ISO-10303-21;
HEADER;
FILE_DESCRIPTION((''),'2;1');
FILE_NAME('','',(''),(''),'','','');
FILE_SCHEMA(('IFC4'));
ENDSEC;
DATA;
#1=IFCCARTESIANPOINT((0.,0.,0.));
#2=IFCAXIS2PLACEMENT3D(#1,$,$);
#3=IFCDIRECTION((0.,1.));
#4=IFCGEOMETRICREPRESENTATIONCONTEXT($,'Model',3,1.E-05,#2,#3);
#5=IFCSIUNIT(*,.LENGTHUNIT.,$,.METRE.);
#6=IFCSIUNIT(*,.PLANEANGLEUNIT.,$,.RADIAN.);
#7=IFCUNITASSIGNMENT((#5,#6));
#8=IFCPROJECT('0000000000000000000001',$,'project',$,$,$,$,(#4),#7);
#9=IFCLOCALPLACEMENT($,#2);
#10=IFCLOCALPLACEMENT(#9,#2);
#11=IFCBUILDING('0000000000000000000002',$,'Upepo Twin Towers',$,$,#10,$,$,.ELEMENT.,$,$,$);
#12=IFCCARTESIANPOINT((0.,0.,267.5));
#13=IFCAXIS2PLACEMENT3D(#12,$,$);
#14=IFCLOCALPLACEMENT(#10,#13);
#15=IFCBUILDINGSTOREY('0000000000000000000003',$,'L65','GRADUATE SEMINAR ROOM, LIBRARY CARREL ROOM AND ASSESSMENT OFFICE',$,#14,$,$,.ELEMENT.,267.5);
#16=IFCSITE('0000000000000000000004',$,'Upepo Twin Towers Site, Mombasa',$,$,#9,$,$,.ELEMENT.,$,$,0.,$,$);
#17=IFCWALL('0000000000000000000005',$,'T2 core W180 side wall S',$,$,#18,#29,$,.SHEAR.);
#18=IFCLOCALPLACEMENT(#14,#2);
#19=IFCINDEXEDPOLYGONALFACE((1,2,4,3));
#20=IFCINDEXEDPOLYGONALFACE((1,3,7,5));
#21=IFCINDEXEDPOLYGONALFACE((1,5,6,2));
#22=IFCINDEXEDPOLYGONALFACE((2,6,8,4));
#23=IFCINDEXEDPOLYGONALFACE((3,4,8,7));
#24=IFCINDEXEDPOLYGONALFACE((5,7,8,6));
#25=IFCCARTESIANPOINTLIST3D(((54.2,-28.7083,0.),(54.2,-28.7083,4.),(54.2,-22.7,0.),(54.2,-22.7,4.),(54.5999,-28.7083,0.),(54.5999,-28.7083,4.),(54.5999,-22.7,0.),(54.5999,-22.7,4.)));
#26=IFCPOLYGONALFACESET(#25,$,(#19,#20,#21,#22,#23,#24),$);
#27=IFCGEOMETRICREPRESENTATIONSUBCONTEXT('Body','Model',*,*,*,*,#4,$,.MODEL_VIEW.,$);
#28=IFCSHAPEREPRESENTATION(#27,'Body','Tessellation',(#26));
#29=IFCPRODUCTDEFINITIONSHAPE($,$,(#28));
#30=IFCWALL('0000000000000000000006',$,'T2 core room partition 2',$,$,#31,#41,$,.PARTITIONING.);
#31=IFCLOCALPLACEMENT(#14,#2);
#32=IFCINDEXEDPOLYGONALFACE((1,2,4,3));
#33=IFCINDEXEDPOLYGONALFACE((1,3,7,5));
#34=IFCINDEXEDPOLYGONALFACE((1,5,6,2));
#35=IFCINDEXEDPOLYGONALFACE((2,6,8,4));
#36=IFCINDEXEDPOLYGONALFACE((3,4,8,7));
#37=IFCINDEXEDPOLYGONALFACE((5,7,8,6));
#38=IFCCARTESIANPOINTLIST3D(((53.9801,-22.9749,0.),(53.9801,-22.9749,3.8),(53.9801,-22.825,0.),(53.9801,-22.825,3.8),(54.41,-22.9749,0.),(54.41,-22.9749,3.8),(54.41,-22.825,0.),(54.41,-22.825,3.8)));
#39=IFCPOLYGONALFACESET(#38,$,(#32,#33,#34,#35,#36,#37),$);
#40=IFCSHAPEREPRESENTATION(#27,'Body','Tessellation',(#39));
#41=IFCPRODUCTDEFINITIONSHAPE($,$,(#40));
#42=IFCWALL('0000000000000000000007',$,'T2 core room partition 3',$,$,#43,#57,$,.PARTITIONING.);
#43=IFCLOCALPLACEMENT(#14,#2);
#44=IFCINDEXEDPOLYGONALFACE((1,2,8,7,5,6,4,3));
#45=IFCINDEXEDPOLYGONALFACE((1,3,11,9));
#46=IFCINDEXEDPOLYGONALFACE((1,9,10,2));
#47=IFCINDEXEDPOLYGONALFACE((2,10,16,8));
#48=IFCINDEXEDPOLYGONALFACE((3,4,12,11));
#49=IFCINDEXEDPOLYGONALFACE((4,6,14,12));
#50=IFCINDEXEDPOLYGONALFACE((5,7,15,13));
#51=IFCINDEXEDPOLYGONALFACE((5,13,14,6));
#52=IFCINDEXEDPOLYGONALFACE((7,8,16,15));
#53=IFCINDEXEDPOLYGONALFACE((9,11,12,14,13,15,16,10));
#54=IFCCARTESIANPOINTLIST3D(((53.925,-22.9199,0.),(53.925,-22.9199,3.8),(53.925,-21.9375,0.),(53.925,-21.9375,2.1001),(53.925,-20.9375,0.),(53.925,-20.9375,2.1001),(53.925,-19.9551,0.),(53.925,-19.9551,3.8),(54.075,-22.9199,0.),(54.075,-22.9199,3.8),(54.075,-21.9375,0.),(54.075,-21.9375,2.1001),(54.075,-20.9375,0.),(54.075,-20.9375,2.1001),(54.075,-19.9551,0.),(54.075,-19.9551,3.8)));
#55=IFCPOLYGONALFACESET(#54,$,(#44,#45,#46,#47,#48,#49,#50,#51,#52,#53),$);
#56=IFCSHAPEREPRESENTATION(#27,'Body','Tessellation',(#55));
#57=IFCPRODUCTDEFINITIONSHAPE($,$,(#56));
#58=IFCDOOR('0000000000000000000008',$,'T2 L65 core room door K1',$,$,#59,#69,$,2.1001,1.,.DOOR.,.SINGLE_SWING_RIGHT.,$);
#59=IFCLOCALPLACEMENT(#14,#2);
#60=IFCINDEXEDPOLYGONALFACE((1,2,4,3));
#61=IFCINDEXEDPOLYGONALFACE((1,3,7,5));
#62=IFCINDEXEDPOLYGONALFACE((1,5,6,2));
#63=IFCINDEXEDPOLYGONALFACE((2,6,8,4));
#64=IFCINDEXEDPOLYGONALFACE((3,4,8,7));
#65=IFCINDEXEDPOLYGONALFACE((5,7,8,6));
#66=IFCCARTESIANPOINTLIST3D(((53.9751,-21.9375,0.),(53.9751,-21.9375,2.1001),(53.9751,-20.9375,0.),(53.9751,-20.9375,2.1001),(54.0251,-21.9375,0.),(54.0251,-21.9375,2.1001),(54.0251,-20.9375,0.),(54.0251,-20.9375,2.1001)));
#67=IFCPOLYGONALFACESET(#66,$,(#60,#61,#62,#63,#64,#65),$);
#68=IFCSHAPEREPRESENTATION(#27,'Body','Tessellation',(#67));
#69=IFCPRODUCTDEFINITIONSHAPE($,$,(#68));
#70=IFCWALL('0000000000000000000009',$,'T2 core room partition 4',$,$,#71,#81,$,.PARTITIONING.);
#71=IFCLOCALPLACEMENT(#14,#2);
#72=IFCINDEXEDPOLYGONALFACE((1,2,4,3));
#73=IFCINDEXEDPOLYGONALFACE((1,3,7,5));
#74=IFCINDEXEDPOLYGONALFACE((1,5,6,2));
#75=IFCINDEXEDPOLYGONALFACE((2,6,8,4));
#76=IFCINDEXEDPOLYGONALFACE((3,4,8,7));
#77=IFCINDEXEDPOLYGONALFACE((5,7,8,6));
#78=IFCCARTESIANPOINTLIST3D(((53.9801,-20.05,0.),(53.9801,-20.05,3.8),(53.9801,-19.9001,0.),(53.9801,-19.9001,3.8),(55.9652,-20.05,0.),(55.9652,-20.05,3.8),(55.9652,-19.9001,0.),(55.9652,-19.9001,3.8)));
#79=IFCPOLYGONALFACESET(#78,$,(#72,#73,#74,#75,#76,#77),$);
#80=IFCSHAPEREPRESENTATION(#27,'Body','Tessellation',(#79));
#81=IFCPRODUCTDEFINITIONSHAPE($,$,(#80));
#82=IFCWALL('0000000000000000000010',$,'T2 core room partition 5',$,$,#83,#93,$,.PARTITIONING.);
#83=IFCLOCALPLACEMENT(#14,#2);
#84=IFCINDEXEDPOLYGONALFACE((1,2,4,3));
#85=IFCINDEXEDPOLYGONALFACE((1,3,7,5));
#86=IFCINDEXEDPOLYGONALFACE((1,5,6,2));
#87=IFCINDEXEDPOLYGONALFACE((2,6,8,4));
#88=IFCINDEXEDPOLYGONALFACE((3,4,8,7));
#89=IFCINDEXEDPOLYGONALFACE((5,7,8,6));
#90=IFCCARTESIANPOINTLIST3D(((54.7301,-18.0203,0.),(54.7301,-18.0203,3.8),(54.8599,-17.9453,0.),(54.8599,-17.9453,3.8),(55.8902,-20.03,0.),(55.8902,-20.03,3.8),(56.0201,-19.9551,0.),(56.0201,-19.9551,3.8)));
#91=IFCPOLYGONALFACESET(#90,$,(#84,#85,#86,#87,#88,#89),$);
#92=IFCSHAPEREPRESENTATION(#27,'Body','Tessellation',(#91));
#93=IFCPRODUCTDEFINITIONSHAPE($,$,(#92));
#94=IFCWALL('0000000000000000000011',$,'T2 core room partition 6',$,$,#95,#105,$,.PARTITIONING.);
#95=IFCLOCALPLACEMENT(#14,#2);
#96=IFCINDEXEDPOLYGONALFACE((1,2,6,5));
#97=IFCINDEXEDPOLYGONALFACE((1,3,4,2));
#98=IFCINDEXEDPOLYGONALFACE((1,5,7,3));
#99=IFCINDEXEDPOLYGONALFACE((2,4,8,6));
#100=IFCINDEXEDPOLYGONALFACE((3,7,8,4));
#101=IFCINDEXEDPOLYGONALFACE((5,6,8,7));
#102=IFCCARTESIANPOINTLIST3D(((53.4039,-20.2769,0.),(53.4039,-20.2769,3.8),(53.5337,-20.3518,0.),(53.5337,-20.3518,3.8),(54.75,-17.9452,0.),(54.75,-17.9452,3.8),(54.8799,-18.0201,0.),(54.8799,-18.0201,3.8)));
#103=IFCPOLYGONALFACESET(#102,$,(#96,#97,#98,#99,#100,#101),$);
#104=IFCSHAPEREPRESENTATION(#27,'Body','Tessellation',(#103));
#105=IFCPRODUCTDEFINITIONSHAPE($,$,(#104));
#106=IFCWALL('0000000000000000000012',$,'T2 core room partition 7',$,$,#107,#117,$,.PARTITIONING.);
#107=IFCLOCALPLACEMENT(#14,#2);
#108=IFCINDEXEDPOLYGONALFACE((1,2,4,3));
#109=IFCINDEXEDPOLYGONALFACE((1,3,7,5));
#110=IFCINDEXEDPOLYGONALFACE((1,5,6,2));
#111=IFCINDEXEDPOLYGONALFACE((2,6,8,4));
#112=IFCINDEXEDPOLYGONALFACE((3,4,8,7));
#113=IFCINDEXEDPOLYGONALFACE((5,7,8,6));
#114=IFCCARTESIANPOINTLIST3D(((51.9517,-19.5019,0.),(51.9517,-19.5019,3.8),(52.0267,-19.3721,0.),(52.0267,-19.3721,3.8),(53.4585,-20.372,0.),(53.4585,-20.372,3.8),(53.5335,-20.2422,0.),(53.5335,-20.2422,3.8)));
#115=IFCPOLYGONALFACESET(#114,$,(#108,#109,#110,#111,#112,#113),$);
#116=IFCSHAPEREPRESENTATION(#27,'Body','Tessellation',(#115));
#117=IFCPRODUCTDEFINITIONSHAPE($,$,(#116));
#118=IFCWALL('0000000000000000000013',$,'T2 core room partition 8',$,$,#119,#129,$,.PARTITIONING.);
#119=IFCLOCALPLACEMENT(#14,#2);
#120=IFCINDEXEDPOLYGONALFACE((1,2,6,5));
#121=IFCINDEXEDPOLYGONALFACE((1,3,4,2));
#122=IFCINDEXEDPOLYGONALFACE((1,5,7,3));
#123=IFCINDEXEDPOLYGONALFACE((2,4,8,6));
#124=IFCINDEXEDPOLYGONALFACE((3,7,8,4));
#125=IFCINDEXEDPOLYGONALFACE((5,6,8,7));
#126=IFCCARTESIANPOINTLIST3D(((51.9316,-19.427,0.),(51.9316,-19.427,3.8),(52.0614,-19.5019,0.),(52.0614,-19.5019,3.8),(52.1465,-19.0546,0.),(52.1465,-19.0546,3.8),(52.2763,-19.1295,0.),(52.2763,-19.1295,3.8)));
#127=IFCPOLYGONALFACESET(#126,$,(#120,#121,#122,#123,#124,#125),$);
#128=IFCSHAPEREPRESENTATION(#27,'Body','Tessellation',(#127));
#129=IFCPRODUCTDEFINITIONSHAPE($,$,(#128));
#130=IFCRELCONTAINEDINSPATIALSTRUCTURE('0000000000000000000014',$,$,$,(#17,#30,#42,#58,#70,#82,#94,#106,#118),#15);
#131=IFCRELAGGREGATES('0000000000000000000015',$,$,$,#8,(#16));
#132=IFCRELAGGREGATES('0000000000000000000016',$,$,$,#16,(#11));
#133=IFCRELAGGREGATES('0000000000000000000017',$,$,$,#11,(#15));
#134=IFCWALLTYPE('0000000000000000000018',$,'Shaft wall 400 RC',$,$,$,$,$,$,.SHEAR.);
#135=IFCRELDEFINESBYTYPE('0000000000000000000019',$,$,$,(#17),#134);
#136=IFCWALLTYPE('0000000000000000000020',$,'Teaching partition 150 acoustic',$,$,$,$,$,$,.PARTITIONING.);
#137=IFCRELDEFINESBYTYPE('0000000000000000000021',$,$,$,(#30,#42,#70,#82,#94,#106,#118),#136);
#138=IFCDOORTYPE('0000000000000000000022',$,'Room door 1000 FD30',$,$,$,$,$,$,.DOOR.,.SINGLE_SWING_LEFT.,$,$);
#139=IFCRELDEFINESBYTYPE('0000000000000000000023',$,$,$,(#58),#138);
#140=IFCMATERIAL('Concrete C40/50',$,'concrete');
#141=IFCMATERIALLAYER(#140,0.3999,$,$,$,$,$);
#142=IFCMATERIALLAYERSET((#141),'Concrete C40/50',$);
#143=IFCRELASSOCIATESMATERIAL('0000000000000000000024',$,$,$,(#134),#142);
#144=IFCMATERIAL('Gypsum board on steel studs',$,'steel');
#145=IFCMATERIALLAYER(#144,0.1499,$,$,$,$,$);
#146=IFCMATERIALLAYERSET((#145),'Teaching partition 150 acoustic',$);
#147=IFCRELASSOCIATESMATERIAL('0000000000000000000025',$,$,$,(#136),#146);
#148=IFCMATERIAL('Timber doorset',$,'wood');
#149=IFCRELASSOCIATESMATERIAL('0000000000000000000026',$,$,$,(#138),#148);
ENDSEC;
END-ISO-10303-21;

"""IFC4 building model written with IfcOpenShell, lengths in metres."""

from ifc_helpers import new_model, si_unit, direction, frame, frame_2d, origin, place, context, subcontext, project, spatial, rectangle, extrude, material, layer, layer_set, type_object, element, fill, save


model = new_model("IFC4")

# Units and contexts
model_context = context("Model", 3, precision=1e-05, world=origin(), true_north=direction((0.0, 1.0)))
body_context = subcontext(model_context, "Body", "Model", "MODEL_VIEW")
ifc_project = project(units=[si_unit("LENGTHUNIT", "METRE"), si_unit("PLANEANGLEUNIT", "RADIAN")], contexts=[model_context])

# Site, building, storey
site_placement = place(None, origin())
site = spatial("IfcSite", under=ifc_project, at=site_placement, Name="Upepo Twin Towers Site, Mombasa", CompositionType="ELEMENT", RefElevation=0.0)
building_placement = place(site_placement, origin())
building = spatial("IfcBuilding", under=site, at=building_placement, Name="Upepo Twin Towers", CompositionType="ELEMENT")
storey_placement = place(building_placement, frame((0.0, 0.0, 267.5)))
storey = spatial("IfcBuildingStorey", under=building, at=storey_placement, Name="L65", Description="GRADUATE SEMINAR ROOM, LIBRARY CARREL ROOM AND ASSESSMENT OFFICE", CompositionType="ELEMENT", Elevation=267.5)

# Walls
ifc_material_1 = material(Name="Concrete C40/50", Category="concrete")
ifc_layer_1 = layer(ifc_material_1, 0.3999)
ifc_layer_set_1 = layer_set([ifc_layer_1], Name="Concrete C40/50")
wall_type_1 = type_object("IfcWallType", Name="Shaft wall 400 RC", PredefinedType="SHEAR", material=ifc_layer_set_1)
for number, where, z_axis, x_axis, name in (
    (1, (54.3999, -22.7, 0.0), (0.0, 0.0, 1.0), (0.0, -1.0, 0.0), "T2 core W180 side wall S"),
):
    element("IfcWall", number, at=place(storey_placement, frame(where, z_axis=z_axis, x_axis=x_axis)), inside=storey, type_object=wall_type_1, Name=name, PredefinedType="SHEAR", context=body_context, shape_type="SweptSolid", body=[
        extrude(rectangle(XDim=6.0083, YDim=0.3999, at=frame_2d((3.0042, 0.0))), origin(), (0.0, 0.0, 1.0), 4.0),
    ])
ifc_material_2 = material(Name="Gypsum board on steel studs", Category="steel")
ifc_layer_2 = layer(ifc_material_2, 0.1499)
ifc_layer_set_2 = layer_set([ifc_layer_2], Name="Teaching partition 150 acoustic")
wall_type_2 = type_object("IfcWallType", Name="Teaching partition 150 acoustic", PredefinedType="PARTITIONING", material=ifc_layer_set_2)
wall_1_placement = place(storey_placement, frame((54.4099, -22.8999, 0.0), z_axis=(0.0, 0.0, 1.0), x_axis=(-1.0, 0.0, 0.0)))
element("IfcWall", 2, at=wall_1_placement, inside=storey, type_object=wall_type_2, Name="T2 core room partition 2", PredefinedType="PARTITIONING", context=body_context, shape_type="SweptSolid", body=[
    extrude(rectangle(XDim=0.4299, YDim=0.1499, at=frame_2d((0.2148, 0.0))), origin(), (0.0, 0.0, 1.0), 3.8),
])

# Wall, opening, door
wall_2_placement = place(storey_placement, frame((54.0, -22.9199, 0.0), z_axis=(0.0, 0.0, 1.0), x_axis=(0.0, 1.0, 0.0)))
wall_2 = element("IfcWall", 3, at=wall_2_placement, inside=storey, type_object=wall_type_2, Name="T2 core room partition 3", PredefinedType="PARTITIONING", context=body_context, shape_type="SweptSolid", body=[
    extrude(rectangle(XDim=2.9648, YDim=0.1499, at=frame_2d((1.4824, 0.0))), origin(), (0.0, 0.0, 1.0), 3.8),
])
opening_1_placement = place(wall_2_placement, frame((0.9824, 0.0, 0.0)))
opening_1 = element("IfcOpeningElement", 4, at=opening_1_placement, cuts=wall_2, PredefinedType="OPENING", context=body_context, shape_type="SweptSolid", body=[
    extrude(rectangle(XDim=1.0, YDim=2.1001, at=frame_2d((0.5, 1.05))), frame((0.0, 0.085, 0.0), z_axis=(0.0, -1.0, 0.0), x_axis=(1.0, 0.0, 0.0)), (0.0, 0.0, 1.0), 0.1699),
])
ifc_material_3 = material(Name="Timber doorset", Category="wood")
door_type_1 = type_object("IfcDoorType", Name="Room door 1000 FD30", OperationType="SINGLE_SWING_LEFT", PredefinedType="DOOR", material=ifc_material_3)
door_1_placement = place(opening_1_placement, origin())
door_1 = element("IfcDoor", 5, at=door_1_placement, inside=storey, type_object=door_type_1, Name="T2 L65 core room door K1", OperationType="SINGLE_SWING_RIGHT", OverallHeight=2.1001, OverallWidth=1.0, PredefinedType="DOOR", context=body_context, shape_type="SweptSolid", body=[
    extrude(rectangle(XDim=1.0, YDim=2.1001, at=frame_2d((0.5, 1.05))), frame((0.0, 0.0249, 0.0), z_axis=(0.0, -1.0, 0.0), x_axis=(1.0, 0.0, 0.0)), (0.0, 0.0, 1.0), 0.05),
])
fill(opening_1, door_1)

# Walls
wall_3_placement = place(storey_placement, frame((53.98, -19.9751, 0.0), z_axis=(0.0, 0.0, 1.0), x_axis=(1.0, 0.0, 0.0)))
element("IfcWall", 6, at=wall_3_placement, inside=storey, type_object=wall_type_2, Name="T2 core room partition 4", PredefinedType="PARTITIONING", context=body_context, shape_type="SweptSolid", body=[
    extrude(rectangle(XDim=1.9851, YDim=0.1499, at=frame_2d((0.9927, 0.0))), origin(), (0.0, 0.0, 1.0), 3.8),
])
wall_4_placement = place(storey_placement, frame((55.9551, -19.9924, 0.0), z_axis=(0.0, 0.0, 1.0), x_axis=(-0.499941, 0.866059, 0.0)))
element("IfcWall", 7, at=wall_4_placement, inside=storey, type_object=wall_type_2, Name="T2 core room partition 5", PredefinedType="PARTITIONING", context=body_context, shape_type="SweptSolid", body=[
    extrude(rectangle(XDim=2.3206, YDim=0.1499, at=frame_2d((1.1602, 0.0))), origin(), (0.0, 0.0, 1.0), 3.8),
])
wall_5_placement = place(storey_placement, frame((54.8149, -17.9827, 0.0), z_axis=(0.0, 0.0, 1.0), x_axis=(-0.499981, -0.866036, 0.0)))
element("IfcWall", 8, at=wall_5_placement, inside=storey, type_object=wall_type_2, Name="T2 core room partition 6", PredefinedType="PARTITIONING", context=body_context, shape_type="SweptSolid", body=[
    extrude(rectangle(XDim=2.6924, YDim=0.1499, at=frame_2d((1.3462, 0.0))), origin(), (0.0, 0.0, 1.0), 3.8),
])
wall_6_placement = place(storey_placement, frame((53.4961, -20.3071, 0.0), z_axis=(0.0, 0.0, 1.0), x_axis=(-0.865989, 0.500063, 0.0)))
element("IfcWall", 9, at=wall_6_placement, inside=storey, type_object=wall_type_2, Name="T2 core room partition 7", PredefinedType="PARTITIONING", context=body_context, shape_type="SweptSolid", body=[
    extrude(rectangle(XDim=1.74, YDim=0.1499, at=frame_2d((0.8701, 0.0))), origin(), (0.0, 0.0, 1.0), 3.8),
])
wall_7_placement = place(storey_placement, frame((51.9966, -19.4644, 0.0), z_axis=(0.0, 0.0, 1.0), x_axis=(0.499804, 0.866138, 0.0)))
element("IfcWall", 10, at=wall_7_placement, inside=storey, type_object=wall_type_2, Name="T2 core room partition 8", PredefinedType="PARTITIONING", context=body_context, shape_type="SweptSolid", body=[
    extrude(rectangle(XDim=0.4299, YDim=0.1499, at=frame_2d((0.2148, 0.0))), origin(), (0.0, 0.0, 1.0), 3.8),
])

save(model, "model.ifc")
